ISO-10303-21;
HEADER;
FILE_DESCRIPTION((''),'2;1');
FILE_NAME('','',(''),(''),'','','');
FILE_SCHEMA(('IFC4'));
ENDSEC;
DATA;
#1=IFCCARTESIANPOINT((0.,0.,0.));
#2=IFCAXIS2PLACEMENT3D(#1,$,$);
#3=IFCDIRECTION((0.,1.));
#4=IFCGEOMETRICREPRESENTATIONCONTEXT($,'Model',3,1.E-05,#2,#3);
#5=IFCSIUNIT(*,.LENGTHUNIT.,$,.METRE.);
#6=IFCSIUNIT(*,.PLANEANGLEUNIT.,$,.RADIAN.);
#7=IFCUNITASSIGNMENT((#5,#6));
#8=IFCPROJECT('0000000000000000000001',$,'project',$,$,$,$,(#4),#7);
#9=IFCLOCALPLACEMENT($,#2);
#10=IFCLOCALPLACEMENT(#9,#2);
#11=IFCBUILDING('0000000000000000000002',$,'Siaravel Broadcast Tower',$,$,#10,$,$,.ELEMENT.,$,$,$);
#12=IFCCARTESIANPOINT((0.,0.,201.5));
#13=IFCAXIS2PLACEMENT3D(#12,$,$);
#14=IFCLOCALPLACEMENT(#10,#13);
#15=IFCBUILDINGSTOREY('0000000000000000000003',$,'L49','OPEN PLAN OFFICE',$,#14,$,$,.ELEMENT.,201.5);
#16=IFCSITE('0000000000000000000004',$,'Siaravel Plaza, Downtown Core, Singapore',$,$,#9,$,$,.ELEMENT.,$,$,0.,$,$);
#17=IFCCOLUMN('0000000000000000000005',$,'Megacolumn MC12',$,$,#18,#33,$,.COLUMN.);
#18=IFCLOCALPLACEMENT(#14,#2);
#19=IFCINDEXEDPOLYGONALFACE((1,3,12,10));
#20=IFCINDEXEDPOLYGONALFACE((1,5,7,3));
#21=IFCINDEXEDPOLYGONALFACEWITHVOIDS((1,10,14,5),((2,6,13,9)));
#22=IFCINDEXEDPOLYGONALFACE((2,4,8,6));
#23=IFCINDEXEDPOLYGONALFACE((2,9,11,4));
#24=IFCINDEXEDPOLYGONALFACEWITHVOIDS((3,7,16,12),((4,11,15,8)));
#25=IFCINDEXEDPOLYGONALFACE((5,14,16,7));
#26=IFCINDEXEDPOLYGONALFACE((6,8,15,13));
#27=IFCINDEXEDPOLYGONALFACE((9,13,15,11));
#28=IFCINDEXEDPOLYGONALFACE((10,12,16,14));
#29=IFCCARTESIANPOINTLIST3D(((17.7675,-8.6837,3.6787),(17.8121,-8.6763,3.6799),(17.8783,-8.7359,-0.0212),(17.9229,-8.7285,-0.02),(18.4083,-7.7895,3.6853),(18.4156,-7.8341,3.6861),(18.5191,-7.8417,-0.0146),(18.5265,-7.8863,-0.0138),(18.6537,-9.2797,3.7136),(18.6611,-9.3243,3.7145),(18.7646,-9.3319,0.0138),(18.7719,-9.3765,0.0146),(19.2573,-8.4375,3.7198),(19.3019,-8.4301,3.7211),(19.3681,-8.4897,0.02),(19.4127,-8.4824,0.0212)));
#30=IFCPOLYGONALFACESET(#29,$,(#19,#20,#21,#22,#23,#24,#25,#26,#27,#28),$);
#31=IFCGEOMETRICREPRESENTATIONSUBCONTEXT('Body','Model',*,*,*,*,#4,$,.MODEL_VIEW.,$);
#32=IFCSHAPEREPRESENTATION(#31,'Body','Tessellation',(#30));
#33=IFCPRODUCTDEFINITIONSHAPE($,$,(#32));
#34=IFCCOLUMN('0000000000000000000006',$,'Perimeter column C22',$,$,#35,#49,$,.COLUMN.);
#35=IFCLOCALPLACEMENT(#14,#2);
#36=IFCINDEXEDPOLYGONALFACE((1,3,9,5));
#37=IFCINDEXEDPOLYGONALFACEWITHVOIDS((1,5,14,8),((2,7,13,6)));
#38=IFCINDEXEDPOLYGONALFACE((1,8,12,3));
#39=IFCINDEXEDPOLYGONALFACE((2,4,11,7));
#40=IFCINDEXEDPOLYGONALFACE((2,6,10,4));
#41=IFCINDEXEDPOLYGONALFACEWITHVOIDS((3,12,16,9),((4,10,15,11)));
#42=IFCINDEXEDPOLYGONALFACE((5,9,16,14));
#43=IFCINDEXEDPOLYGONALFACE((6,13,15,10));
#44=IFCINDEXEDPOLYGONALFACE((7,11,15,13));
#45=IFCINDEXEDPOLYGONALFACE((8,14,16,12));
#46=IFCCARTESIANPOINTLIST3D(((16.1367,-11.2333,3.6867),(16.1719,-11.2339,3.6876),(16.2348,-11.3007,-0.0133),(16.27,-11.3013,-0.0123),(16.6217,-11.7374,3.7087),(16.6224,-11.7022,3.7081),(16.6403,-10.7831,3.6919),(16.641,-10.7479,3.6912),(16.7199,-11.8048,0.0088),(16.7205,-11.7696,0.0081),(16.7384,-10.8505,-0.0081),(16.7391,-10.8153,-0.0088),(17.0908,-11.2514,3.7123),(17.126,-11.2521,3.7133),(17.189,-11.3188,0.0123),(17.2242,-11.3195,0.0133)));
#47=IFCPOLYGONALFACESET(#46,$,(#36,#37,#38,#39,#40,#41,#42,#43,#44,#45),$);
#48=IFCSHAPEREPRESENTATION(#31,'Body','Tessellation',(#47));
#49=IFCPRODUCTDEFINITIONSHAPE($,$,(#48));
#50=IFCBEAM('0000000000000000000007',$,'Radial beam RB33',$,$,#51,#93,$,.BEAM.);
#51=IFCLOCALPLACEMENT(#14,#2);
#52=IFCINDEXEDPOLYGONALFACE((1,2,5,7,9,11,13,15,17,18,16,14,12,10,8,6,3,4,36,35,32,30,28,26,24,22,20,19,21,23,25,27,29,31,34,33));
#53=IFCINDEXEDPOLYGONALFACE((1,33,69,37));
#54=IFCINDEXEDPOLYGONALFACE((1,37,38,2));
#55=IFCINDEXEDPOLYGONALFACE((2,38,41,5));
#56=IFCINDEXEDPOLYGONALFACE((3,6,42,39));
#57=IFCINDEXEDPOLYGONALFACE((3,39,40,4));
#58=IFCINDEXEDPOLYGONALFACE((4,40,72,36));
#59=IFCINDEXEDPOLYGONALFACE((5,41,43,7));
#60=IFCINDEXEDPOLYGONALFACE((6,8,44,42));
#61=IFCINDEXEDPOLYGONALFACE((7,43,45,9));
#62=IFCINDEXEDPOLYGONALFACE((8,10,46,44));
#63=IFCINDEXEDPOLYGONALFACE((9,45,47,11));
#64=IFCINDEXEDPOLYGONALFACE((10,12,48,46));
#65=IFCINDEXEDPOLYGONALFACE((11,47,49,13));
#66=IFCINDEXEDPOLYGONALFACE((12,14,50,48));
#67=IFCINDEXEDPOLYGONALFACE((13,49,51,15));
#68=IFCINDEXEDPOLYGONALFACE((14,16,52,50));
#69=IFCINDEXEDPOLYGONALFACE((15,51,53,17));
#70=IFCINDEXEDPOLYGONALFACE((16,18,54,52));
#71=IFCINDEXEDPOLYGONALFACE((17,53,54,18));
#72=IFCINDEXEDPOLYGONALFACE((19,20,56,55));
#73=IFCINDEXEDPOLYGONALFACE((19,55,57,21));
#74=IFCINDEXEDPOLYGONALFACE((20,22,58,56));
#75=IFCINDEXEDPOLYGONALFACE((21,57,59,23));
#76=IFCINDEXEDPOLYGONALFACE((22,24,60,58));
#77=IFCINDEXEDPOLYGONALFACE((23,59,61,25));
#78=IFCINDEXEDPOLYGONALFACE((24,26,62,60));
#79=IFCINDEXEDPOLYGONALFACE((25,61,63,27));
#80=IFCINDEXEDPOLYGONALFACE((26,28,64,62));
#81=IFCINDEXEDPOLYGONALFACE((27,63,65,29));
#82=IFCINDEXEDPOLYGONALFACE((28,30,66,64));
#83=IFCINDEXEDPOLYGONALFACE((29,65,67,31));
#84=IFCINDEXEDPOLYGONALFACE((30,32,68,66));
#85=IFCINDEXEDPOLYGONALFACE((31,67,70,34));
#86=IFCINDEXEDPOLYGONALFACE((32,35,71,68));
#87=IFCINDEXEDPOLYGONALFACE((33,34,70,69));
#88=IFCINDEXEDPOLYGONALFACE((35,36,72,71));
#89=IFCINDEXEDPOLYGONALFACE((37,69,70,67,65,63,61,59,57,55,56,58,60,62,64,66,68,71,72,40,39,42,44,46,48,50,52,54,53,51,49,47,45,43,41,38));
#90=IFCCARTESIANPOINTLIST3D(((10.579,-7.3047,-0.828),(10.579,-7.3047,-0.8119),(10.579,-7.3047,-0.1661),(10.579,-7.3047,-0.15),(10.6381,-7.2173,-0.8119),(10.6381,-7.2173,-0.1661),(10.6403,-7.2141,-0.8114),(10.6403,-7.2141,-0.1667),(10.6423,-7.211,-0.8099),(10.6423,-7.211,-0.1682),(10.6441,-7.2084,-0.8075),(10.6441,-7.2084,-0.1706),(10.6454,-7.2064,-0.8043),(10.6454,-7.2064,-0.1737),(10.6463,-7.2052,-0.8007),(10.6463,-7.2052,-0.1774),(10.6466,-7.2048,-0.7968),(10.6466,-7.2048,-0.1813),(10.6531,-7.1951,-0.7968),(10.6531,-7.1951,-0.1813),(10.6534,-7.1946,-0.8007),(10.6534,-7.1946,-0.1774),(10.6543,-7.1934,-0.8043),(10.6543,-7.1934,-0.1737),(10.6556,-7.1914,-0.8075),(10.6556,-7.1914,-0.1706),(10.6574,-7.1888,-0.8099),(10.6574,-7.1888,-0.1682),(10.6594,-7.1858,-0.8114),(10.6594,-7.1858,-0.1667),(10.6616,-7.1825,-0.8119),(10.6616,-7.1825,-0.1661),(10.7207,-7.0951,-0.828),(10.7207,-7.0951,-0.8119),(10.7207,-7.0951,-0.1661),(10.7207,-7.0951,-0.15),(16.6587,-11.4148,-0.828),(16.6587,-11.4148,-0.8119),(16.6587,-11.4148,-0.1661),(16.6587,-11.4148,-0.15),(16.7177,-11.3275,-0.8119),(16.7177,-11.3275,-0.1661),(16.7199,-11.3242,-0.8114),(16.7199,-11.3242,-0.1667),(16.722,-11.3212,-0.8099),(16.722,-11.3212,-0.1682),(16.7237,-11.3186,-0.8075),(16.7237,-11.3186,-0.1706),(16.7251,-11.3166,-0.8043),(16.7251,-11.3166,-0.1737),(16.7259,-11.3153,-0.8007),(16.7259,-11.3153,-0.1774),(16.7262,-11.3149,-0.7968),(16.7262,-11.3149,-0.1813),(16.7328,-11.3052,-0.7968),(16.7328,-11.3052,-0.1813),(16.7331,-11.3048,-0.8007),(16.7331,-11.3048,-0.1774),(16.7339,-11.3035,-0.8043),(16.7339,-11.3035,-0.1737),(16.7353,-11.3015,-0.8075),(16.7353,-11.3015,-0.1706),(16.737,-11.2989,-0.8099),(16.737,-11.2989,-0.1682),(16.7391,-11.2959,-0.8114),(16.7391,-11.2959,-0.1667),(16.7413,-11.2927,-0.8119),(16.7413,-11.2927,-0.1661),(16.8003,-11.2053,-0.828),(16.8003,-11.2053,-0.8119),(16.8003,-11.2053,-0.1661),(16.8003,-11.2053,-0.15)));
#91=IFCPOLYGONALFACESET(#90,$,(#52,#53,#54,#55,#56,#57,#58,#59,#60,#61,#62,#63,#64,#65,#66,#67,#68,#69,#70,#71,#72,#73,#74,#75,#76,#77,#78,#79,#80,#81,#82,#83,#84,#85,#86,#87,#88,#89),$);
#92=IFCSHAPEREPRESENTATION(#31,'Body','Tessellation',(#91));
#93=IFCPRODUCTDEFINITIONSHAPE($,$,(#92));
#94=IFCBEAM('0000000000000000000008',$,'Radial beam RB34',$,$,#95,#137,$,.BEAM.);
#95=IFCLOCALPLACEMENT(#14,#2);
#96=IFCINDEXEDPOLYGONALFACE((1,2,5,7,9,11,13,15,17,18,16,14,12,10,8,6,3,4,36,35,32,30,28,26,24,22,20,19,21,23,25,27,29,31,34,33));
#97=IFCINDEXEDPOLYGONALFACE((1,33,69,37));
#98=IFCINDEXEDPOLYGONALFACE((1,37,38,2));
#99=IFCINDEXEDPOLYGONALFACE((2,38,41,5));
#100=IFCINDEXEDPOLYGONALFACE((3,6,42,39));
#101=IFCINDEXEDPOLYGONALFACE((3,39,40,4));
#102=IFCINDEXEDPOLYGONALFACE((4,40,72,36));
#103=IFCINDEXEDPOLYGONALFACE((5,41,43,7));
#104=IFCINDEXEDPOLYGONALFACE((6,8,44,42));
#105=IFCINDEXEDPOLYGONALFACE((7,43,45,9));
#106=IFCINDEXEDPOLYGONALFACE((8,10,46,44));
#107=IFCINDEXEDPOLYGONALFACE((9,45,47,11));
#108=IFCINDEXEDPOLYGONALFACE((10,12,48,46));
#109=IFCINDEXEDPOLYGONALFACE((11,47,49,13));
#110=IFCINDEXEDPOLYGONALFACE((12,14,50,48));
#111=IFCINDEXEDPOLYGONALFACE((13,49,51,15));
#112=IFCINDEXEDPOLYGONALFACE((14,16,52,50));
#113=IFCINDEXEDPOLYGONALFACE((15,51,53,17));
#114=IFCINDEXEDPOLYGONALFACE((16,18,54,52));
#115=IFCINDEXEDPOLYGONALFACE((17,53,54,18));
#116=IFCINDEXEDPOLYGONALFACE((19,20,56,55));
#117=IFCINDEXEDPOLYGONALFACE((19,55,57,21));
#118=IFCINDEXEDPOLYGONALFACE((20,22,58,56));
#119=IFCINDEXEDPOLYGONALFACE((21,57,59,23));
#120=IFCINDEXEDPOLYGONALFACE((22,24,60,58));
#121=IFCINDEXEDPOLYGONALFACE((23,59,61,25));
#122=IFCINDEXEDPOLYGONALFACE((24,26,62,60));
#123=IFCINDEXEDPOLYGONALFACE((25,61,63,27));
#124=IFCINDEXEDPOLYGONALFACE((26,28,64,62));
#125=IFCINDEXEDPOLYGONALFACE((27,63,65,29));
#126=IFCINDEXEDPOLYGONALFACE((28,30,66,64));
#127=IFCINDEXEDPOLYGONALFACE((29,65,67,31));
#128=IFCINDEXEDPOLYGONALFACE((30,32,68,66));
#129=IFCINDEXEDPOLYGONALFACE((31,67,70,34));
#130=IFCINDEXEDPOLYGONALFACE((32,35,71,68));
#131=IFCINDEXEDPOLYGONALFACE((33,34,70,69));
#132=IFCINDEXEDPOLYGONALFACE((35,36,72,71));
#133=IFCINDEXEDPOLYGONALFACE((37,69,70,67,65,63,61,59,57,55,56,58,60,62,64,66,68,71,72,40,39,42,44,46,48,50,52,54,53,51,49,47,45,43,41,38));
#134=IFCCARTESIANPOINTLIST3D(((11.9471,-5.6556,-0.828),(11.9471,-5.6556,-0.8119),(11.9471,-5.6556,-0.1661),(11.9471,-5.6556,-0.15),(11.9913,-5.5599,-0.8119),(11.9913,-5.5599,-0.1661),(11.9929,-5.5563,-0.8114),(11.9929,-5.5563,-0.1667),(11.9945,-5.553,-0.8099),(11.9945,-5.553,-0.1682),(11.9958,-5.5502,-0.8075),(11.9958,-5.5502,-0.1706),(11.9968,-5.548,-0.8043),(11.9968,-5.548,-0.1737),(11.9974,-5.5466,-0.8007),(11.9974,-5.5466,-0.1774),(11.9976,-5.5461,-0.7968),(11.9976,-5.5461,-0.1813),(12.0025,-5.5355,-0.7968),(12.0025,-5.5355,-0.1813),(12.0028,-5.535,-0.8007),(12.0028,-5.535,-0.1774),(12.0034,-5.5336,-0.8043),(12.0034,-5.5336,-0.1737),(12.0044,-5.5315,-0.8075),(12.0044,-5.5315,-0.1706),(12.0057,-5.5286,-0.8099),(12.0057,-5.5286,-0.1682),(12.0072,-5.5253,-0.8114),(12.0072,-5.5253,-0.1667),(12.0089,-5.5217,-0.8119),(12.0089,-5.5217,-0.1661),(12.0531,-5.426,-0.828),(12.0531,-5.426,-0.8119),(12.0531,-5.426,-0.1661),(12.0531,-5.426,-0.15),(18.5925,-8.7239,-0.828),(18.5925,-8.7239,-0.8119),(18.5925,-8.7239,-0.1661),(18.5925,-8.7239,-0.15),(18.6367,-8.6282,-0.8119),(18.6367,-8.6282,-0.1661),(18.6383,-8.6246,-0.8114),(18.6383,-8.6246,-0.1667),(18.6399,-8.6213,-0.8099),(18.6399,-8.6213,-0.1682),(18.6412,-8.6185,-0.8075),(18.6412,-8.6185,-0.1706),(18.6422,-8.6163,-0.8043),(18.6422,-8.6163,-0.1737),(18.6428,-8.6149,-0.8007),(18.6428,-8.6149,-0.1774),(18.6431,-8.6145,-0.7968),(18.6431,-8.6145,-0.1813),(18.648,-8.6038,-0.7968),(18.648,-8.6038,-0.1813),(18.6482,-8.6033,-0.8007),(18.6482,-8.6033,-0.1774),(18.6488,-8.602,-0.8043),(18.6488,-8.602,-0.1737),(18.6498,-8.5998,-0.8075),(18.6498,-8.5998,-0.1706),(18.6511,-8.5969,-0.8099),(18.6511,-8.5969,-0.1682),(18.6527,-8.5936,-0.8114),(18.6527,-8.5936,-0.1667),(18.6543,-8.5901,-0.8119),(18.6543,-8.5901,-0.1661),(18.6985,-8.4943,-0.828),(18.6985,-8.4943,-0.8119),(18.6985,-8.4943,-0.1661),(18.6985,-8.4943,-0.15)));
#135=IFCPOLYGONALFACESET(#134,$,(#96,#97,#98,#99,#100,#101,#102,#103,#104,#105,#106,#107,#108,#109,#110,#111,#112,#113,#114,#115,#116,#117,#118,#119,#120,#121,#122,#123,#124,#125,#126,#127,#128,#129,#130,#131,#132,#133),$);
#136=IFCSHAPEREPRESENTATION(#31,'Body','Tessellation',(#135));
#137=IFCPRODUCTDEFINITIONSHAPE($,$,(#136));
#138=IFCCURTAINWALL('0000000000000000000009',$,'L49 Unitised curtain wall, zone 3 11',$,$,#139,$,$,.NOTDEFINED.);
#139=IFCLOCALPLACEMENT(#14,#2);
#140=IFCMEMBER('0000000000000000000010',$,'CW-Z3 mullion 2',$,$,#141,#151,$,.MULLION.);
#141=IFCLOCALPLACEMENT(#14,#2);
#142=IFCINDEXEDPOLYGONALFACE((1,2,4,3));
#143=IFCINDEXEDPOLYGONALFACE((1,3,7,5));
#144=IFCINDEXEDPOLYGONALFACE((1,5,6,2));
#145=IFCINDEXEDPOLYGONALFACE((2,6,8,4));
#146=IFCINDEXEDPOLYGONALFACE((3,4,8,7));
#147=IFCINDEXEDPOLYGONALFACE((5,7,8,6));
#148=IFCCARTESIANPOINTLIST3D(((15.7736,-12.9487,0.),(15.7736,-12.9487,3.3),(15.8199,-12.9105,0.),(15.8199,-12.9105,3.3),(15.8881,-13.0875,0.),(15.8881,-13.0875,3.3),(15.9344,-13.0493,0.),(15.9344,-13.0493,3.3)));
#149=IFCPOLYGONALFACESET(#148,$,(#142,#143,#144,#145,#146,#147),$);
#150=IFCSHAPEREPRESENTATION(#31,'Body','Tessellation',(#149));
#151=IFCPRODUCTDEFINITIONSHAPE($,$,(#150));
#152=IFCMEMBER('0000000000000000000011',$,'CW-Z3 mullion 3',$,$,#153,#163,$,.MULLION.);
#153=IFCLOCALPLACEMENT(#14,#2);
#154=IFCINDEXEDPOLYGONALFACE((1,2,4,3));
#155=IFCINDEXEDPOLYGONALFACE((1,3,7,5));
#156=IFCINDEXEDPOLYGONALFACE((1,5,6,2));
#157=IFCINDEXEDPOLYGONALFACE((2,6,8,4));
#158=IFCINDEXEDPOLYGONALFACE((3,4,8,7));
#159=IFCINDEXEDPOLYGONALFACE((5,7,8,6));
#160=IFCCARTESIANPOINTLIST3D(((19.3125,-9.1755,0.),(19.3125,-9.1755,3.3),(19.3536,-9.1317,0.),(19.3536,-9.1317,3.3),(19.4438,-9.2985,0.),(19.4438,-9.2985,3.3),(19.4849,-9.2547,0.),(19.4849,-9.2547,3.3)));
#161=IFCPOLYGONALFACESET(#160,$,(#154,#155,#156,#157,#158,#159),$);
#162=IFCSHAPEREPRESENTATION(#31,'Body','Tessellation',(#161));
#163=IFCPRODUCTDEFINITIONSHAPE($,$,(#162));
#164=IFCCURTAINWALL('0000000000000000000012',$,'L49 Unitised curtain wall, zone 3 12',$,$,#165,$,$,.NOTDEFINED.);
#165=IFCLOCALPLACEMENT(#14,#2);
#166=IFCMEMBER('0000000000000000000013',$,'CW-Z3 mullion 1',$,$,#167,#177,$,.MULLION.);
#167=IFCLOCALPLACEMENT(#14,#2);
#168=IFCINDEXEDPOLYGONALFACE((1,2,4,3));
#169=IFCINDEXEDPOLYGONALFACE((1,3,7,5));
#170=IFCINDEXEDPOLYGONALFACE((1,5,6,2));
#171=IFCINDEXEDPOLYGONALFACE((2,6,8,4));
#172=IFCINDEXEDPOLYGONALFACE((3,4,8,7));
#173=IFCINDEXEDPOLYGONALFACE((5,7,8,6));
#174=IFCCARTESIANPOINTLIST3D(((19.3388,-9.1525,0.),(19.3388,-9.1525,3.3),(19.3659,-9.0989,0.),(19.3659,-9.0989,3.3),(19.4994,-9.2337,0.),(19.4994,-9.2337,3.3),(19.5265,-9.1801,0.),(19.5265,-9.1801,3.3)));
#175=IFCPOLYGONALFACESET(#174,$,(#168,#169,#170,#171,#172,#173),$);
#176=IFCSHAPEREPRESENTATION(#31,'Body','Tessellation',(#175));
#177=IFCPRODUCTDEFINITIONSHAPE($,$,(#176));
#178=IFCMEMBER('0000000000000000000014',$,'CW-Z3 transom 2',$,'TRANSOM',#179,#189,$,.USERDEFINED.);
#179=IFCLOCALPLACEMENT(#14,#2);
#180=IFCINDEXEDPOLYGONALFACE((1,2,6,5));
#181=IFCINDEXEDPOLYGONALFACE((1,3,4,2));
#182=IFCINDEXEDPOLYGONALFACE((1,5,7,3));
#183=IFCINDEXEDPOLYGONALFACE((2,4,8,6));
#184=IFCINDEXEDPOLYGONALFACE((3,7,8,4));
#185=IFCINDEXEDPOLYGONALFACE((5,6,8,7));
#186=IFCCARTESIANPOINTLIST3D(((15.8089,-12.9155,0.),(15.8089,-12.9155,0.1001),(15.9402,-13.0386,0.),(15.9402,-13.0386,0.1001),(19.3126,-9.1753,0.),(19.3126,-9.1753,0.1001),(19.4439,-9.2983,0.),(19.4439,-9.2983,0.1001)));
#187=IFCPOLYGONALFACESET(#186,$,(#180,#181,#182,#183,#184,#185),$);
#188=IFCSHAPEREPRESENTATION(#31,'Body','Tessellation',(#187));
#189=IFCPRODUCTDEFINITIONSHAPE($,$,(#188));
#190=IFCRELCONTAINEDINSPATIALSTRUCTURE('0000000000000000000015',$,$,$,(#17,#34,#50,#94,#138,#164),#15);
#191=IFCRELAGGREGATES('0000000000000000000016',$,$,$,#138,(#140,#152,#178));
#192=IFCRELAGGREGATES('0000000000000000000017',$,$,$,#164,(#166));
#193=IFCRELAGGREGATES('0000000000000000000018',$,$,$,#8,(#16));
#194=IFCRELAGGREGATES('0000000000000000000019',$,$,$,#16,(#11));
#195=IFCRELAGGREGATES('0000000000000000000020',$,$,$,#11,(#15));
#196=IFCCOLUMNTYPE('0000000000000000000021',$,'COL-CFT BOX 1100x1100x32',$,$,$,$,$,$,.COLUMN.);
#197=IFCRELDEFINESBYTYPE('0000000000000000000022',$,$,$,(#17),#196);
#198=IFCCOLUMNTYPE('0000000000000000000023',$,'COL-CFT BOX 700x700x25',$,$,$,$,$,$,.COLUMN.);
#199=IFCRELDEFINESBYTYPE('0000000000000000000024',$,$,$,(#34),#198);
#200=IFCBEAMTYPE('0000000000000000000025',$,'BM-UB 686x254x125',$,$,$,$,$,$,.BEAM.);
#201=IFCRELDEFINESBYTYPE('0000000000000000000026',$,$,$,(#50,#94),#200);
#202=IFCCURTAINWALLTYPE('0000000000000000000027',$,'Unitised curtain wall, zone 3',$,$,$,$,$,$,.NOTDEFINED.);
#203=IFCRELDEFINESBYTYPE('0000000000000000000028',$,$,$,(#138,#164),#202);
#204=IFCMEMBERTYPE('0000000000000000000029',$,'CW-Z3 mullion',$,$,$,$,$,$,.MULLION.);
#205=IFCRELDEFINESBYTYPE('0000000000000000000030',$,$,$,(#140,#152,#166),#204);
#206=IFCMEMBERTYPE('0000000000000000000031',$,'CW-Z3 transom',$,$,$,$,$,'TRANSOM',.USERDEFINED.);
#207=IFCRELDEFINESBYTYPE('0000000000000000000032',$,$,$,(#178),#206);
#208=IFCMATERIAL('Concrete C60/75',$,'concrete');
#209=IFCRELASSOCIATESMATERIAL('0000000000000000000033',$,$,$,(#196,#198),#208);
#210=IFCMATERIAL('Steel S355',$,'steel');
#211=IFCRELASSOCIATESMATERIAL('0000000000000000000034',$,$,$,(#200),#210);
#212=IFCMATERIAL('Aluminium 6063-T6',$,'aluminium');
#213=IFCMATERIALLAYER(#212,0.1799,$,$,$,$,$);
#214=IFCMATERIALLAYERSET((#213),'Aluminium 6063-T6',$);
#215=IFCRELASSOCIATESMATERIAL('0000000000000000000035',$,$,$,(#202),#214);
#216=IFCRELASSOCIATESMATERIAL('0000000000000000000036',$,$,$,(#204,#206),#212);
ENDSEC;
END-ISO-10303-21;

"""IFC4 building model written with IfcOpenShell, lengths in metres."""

from ifc_helpers import new_model, si_unit, direction, frame, origin, origin_2d, place, context, subcontext, project, spatial, rectangle, hollow_rectangle, i_section, extrude, material, layer, layer_set, material_profile, profile_set, type_object, element, aggregate, save


model = new_model("IFC4")

# Units and contexts
model_context = context("Model", 3, precision=1e-05, world=origin(), true_north=direction((0.0, 1.0)))
body_context = subcontext(model_context, "Body", "Model", "MODEL_VIEW")
ifc_project = project(units=[si_unit("LENGTHUNIT", "METRE"), si_unit("PLANEANGLEUNIT", "RADIAN")], contexts=[model_context])

# Site, building, storey
site_placement = place(None, origin())
site = spatial("IfcSite", under=ifc_project, at=site_placement, Name="Siaravel Plaza, Downtown Core, Singapore", CompositionType="ELEMENT", RefElevation=0.0)
building_placement = place(site_placement, origin())
building = spatial("IfcBuilding", under=site, at=building_placement, Name="Siaravel Broadcast Tower", CompositionType="ELEMENT")
storey_placement = place(building_placement, frame((0.0, 0.0, 201.5)))
storey = spatial("IfcBuildingStorey", under=building, at=storey_placement, Name="L49", Description="OPEN PLAN OFFICE", CompositionType="ELEMENT", Elevation=201.5)

# Columns
ifc_material_1 = material(Name="Concrete C60/75", Category="concrete")
ifc_material_profile_1 = material_profile(ifc_material_1, hollow_rectangle(XDim=1.1001, YDim=1.1001, WallThickness=0.032, at=origin_2d()))
ifc_profile_set_1 = profile_set([ifc_material_profile_1], Name="Concrete C60/75")
column_type_1 = type_object("IfcColumnType", Name="COL-CFT BOX 1100x1100x32", PredefinedType="COLUMN", material=ifc_profile_set_1)
column_1_placement = place(storey_placement, frame((18.6455, -8.6091, 0.0), z_axis=(-0.029941, 0.014113, 0.999452), x_axis=(-0.582482, -0.812822, -0.005972)))
element("IfcColumn", 1, at=column_1_placement, inside=storey, type_object=column_type_1, Name="Megacolumn MC12", PredefinedType="COLUMN", context=body_context, shape_type="SweptSolid", body=[
    extrude(hollow_rectangle(XDim=1.1001, YDim=1.1001, WallThickness=0.032, at=origin_2d()), origin(), (0.0, 0.0, 1.0), 3.7019),
])
ifc_material_profile_2 = material_profile(ifc_material_1, hollow_rectangle(XDim=0.7, YDim=0.7, WallThickness=0.0249, at=origin_2d()))
ifc_profile_set_2 = profile_set([ifc_material_profile_2], Name="Concrete C60/75")
column_type_2 = type_object("IfcColumnType", Name="COL-CFT BOX 700x700x25", PredefinedType="COLUMN", material=ifc_profile_set_2)
column_2_placement = place(storey_placement, frame((16.7295, -11.3101, 0.0), z_axis=(-0.026512, 0.018202, 0.999483), x_axis=(-0.720492, -0.693433, -0.006483)))
element("IfcColumn", 2, at=column_2_placement, inside=storey, type_object=column_type_2, Name="Perimeter column C22", PredefinedType="COLUMN", context=body_context, shape_type="SweptSolid", body=[
    extrude(hollow_rectangle(XDim=0.7, YDim=0.7, WallThickness=0.0249, at=origin_2d()), origin(), (0.0, 0.0, 1.0), 3.7019),
])

# Beams
ifc_material_2 = material(Name="Steel S355", Category="steel")
ifc_material_profile_3 = material_profile(ifc_material_2, i_section(OverallWidth=0.2529, OverallDepth=0.678, WebThickness=0.0117, FlangeThickness=0.0161, FilletRadius=0.0151, at=origin_2d()))
ifc_profile_set_3 = profile_set([ifc_material_profile_3], Name="Steel S355")
beam_type = type_object("IfcBeamType", Name="BM-UB 686x254x125", PredefinedType="BEAM", material=ifc_profile_set_3)
beam_1_placement = place(storey_placement, frame((16.7295, -11.3101, -0.489), z_axis=(-0.828445, 0.56007, 0.0), x_axis=(-0.56007, -0.828445, 0.0)))
element("IfcBeam", 3, at=beam_1_placement, inside=storey, type_object=beam_type, Name="Radial beam RB33", PredefinedType="BEAM", context=body_context, shape_type="SweptSolid", body=[
    extrude(i_section(OverallWidth=0.2529, OverallDepth=0.678, WebThickness=0.0117, FlangeThickness=0.0161, FilletRadius=0.0151, at=origin_2d()), origin(), (0.0, 0.0, 1.0), 7.3386),
])
beam_2_placement = place(storey_placement, frame((18.6455, -8.6091, -0.489), z_axis=(-0.907897, 0.419194, 0.0), x_axis=(-0.419194, -0.907897, 0.0)))
element("IfcBeam", 4, at=beam_2_placement, inside=storey, type_object=beam_type, Name="Radial beam RB34", PredefinedType="BEAM", context=body_context, shape_type="SweptSolid", body=[
    extrude(i_section(OverallWidth=0.2529, OverallDepth=0.678, WebThickness=0.0117, FlangeThickness=0.0161, FilletRadius=0.0151, at=origin_2d()), origin(), (0.0, 0.0, 1.0), 7.3196),
])

# Curtain wall, members
ifc_material_3 = material(Name="Aluminium 6063-T6", Category="aluminium")
ifc_layer_1 = layer(ifc_material_3, 0.1799)
ifc_layer_set_1 = layer_set([ifc_layer_1], Name="Aluminium 6063-T6")
curtain_wall_type = type_object("IfcCurtainWallType", Name="Unitised curtain wall, zone 3", PredefinedType="NOTDEFINED", material=ifc_layer_set_1)
curtain_wall_1_placement = place(storey_placement, origin())
curtain_wall_1 = element("IfcCurtainWall", 5, at=curtain_wall_1_placement, inside=storey, type_object=curtain_wall_type, Name="L49 Unitised curtain wall, zone 3 11", PredefinedType="NOTDEFINED")
ifc_material_profile_4 = material_profile(ifc_material_3, rectangle(XDim=0.1799, YDim=0.0601, at=origin_2d()))
ifc_profile_set_4 = profile_set([ifc_material_profile_4], Name="Aluminium 6063-T6")
member_type_1 = type_object("IfcMemberType", Name="CW-Z3 mullion", PredefinedType="MULLION", material=ifc_profile_set_4)
member_1_placement = place(storey_placement, frame((15.854, -12.999, 0.0), z_axis=(0.0, 0.0, 1.0), x_axis=(-0.636221, 0.771507, 0.0)))
member_1 = element("IfcMember", 6, at=member_1_placement, type_object=member_type_1, Name="CW-Z3 mullion 2", PredefinedType="MULLION", context=body_context, shape_type="SweptSolid", body=[
    extrude(rectangle(XDim=0.1799, YDim=0.0601, at=origin_2d()), origin(), (0.0, 0.0, 1.0), 3.3),
])
member_2_placement = place(storey_placement, frame((19.3987, -9.2151, 0.0), z_axis=(0.0, 0.0, 1.0), x_axis=(-0.729807, 0.683653, 0.0)))
member_2 = element("IfcMember", 7, at=member_2_placement, type_object=member_type_1, Name="CW-Z3 mullion 3", PredefinedType="MULLION", context=body_context, shape_type="SweptSolid", body=[
    extrude(rectangle(XDim=0.1799, YDim=0.0601, at=origin_2d()), origin(), (0.0, 0.0, 1.0), 3.3),
])

# Curtain wall, member
curtain_wall_2_placement = place(storey_placement, origin())
curtain_wall_2 = element("IfcCurtainWall", 8, at=curtain_wall_2_placement, inside=storey, type_object=curtain_wall_type, Name="L49 Unitised curtain wall, zone 3 12", PredefinedType="NOTDEFINED")
member_3_placement = place(storey_placement, frame((19.4326, -9.1663, 0.0), z_axis=(0.0, 0.0, 1.0), x_axis=(-0.892393, 0.451259, 0.0)))
member_3 = element("IfcMember", 9, at=member_3_placement, type_object=member_type_1, Name="CW-Z3 mullion 1", PredefinedType="MULLION", context=body_context, shape_type="SweptSolid", body=[
    extrude(rectangle(XDim=0.1799, YDim=0.0601, at=origin_2d()), origin(), (0.0, 0.0, 1.0), 3.3),
])

# Member
ifc_material_profile_5 = material_profile(ifc_material_3, rectangle(XDim=0.1799, YDim=0.1001, at=origin_2d()))
ifc_profile_set_5 = profile_set([ifc_material_profile_5], Name="Aluminium 6063-T6")
member_type_2 = type_object("IfcMemberType", Name="CW-Z3 transom", ElementType="TRANSOM", PredefinedType="USERDEFINED", material=ifc_profile_set_5)
member_4_placement = place(storey_placement, frame((15.8745, -12.9771, 0.05), z_axis=(0.68365, 0.72981, 0.0), x_axis=(-0.72981, 0.68365, 0.0)))
member_4 = element("IfcMember", 10, at=member_4_placement, type_object=member_type_2, Name="CW-Z3 transom 2", ObjectType="TRANSOM", PredefinedType="USERDEFINED", context=body_context, shape_type="SweptSolid", body=[
    extrude(rectangle(XDim=0.1799, YDim=0.1001, at=origin_2d()), origin(), (0.0, 0.0, 1.0), 5.125),
])

aggregate(curtain_wall_1, [member_1, member_2, member_4])
aggregate(curtain_wall_2, [member_3])

save(model, "model.ifc")
